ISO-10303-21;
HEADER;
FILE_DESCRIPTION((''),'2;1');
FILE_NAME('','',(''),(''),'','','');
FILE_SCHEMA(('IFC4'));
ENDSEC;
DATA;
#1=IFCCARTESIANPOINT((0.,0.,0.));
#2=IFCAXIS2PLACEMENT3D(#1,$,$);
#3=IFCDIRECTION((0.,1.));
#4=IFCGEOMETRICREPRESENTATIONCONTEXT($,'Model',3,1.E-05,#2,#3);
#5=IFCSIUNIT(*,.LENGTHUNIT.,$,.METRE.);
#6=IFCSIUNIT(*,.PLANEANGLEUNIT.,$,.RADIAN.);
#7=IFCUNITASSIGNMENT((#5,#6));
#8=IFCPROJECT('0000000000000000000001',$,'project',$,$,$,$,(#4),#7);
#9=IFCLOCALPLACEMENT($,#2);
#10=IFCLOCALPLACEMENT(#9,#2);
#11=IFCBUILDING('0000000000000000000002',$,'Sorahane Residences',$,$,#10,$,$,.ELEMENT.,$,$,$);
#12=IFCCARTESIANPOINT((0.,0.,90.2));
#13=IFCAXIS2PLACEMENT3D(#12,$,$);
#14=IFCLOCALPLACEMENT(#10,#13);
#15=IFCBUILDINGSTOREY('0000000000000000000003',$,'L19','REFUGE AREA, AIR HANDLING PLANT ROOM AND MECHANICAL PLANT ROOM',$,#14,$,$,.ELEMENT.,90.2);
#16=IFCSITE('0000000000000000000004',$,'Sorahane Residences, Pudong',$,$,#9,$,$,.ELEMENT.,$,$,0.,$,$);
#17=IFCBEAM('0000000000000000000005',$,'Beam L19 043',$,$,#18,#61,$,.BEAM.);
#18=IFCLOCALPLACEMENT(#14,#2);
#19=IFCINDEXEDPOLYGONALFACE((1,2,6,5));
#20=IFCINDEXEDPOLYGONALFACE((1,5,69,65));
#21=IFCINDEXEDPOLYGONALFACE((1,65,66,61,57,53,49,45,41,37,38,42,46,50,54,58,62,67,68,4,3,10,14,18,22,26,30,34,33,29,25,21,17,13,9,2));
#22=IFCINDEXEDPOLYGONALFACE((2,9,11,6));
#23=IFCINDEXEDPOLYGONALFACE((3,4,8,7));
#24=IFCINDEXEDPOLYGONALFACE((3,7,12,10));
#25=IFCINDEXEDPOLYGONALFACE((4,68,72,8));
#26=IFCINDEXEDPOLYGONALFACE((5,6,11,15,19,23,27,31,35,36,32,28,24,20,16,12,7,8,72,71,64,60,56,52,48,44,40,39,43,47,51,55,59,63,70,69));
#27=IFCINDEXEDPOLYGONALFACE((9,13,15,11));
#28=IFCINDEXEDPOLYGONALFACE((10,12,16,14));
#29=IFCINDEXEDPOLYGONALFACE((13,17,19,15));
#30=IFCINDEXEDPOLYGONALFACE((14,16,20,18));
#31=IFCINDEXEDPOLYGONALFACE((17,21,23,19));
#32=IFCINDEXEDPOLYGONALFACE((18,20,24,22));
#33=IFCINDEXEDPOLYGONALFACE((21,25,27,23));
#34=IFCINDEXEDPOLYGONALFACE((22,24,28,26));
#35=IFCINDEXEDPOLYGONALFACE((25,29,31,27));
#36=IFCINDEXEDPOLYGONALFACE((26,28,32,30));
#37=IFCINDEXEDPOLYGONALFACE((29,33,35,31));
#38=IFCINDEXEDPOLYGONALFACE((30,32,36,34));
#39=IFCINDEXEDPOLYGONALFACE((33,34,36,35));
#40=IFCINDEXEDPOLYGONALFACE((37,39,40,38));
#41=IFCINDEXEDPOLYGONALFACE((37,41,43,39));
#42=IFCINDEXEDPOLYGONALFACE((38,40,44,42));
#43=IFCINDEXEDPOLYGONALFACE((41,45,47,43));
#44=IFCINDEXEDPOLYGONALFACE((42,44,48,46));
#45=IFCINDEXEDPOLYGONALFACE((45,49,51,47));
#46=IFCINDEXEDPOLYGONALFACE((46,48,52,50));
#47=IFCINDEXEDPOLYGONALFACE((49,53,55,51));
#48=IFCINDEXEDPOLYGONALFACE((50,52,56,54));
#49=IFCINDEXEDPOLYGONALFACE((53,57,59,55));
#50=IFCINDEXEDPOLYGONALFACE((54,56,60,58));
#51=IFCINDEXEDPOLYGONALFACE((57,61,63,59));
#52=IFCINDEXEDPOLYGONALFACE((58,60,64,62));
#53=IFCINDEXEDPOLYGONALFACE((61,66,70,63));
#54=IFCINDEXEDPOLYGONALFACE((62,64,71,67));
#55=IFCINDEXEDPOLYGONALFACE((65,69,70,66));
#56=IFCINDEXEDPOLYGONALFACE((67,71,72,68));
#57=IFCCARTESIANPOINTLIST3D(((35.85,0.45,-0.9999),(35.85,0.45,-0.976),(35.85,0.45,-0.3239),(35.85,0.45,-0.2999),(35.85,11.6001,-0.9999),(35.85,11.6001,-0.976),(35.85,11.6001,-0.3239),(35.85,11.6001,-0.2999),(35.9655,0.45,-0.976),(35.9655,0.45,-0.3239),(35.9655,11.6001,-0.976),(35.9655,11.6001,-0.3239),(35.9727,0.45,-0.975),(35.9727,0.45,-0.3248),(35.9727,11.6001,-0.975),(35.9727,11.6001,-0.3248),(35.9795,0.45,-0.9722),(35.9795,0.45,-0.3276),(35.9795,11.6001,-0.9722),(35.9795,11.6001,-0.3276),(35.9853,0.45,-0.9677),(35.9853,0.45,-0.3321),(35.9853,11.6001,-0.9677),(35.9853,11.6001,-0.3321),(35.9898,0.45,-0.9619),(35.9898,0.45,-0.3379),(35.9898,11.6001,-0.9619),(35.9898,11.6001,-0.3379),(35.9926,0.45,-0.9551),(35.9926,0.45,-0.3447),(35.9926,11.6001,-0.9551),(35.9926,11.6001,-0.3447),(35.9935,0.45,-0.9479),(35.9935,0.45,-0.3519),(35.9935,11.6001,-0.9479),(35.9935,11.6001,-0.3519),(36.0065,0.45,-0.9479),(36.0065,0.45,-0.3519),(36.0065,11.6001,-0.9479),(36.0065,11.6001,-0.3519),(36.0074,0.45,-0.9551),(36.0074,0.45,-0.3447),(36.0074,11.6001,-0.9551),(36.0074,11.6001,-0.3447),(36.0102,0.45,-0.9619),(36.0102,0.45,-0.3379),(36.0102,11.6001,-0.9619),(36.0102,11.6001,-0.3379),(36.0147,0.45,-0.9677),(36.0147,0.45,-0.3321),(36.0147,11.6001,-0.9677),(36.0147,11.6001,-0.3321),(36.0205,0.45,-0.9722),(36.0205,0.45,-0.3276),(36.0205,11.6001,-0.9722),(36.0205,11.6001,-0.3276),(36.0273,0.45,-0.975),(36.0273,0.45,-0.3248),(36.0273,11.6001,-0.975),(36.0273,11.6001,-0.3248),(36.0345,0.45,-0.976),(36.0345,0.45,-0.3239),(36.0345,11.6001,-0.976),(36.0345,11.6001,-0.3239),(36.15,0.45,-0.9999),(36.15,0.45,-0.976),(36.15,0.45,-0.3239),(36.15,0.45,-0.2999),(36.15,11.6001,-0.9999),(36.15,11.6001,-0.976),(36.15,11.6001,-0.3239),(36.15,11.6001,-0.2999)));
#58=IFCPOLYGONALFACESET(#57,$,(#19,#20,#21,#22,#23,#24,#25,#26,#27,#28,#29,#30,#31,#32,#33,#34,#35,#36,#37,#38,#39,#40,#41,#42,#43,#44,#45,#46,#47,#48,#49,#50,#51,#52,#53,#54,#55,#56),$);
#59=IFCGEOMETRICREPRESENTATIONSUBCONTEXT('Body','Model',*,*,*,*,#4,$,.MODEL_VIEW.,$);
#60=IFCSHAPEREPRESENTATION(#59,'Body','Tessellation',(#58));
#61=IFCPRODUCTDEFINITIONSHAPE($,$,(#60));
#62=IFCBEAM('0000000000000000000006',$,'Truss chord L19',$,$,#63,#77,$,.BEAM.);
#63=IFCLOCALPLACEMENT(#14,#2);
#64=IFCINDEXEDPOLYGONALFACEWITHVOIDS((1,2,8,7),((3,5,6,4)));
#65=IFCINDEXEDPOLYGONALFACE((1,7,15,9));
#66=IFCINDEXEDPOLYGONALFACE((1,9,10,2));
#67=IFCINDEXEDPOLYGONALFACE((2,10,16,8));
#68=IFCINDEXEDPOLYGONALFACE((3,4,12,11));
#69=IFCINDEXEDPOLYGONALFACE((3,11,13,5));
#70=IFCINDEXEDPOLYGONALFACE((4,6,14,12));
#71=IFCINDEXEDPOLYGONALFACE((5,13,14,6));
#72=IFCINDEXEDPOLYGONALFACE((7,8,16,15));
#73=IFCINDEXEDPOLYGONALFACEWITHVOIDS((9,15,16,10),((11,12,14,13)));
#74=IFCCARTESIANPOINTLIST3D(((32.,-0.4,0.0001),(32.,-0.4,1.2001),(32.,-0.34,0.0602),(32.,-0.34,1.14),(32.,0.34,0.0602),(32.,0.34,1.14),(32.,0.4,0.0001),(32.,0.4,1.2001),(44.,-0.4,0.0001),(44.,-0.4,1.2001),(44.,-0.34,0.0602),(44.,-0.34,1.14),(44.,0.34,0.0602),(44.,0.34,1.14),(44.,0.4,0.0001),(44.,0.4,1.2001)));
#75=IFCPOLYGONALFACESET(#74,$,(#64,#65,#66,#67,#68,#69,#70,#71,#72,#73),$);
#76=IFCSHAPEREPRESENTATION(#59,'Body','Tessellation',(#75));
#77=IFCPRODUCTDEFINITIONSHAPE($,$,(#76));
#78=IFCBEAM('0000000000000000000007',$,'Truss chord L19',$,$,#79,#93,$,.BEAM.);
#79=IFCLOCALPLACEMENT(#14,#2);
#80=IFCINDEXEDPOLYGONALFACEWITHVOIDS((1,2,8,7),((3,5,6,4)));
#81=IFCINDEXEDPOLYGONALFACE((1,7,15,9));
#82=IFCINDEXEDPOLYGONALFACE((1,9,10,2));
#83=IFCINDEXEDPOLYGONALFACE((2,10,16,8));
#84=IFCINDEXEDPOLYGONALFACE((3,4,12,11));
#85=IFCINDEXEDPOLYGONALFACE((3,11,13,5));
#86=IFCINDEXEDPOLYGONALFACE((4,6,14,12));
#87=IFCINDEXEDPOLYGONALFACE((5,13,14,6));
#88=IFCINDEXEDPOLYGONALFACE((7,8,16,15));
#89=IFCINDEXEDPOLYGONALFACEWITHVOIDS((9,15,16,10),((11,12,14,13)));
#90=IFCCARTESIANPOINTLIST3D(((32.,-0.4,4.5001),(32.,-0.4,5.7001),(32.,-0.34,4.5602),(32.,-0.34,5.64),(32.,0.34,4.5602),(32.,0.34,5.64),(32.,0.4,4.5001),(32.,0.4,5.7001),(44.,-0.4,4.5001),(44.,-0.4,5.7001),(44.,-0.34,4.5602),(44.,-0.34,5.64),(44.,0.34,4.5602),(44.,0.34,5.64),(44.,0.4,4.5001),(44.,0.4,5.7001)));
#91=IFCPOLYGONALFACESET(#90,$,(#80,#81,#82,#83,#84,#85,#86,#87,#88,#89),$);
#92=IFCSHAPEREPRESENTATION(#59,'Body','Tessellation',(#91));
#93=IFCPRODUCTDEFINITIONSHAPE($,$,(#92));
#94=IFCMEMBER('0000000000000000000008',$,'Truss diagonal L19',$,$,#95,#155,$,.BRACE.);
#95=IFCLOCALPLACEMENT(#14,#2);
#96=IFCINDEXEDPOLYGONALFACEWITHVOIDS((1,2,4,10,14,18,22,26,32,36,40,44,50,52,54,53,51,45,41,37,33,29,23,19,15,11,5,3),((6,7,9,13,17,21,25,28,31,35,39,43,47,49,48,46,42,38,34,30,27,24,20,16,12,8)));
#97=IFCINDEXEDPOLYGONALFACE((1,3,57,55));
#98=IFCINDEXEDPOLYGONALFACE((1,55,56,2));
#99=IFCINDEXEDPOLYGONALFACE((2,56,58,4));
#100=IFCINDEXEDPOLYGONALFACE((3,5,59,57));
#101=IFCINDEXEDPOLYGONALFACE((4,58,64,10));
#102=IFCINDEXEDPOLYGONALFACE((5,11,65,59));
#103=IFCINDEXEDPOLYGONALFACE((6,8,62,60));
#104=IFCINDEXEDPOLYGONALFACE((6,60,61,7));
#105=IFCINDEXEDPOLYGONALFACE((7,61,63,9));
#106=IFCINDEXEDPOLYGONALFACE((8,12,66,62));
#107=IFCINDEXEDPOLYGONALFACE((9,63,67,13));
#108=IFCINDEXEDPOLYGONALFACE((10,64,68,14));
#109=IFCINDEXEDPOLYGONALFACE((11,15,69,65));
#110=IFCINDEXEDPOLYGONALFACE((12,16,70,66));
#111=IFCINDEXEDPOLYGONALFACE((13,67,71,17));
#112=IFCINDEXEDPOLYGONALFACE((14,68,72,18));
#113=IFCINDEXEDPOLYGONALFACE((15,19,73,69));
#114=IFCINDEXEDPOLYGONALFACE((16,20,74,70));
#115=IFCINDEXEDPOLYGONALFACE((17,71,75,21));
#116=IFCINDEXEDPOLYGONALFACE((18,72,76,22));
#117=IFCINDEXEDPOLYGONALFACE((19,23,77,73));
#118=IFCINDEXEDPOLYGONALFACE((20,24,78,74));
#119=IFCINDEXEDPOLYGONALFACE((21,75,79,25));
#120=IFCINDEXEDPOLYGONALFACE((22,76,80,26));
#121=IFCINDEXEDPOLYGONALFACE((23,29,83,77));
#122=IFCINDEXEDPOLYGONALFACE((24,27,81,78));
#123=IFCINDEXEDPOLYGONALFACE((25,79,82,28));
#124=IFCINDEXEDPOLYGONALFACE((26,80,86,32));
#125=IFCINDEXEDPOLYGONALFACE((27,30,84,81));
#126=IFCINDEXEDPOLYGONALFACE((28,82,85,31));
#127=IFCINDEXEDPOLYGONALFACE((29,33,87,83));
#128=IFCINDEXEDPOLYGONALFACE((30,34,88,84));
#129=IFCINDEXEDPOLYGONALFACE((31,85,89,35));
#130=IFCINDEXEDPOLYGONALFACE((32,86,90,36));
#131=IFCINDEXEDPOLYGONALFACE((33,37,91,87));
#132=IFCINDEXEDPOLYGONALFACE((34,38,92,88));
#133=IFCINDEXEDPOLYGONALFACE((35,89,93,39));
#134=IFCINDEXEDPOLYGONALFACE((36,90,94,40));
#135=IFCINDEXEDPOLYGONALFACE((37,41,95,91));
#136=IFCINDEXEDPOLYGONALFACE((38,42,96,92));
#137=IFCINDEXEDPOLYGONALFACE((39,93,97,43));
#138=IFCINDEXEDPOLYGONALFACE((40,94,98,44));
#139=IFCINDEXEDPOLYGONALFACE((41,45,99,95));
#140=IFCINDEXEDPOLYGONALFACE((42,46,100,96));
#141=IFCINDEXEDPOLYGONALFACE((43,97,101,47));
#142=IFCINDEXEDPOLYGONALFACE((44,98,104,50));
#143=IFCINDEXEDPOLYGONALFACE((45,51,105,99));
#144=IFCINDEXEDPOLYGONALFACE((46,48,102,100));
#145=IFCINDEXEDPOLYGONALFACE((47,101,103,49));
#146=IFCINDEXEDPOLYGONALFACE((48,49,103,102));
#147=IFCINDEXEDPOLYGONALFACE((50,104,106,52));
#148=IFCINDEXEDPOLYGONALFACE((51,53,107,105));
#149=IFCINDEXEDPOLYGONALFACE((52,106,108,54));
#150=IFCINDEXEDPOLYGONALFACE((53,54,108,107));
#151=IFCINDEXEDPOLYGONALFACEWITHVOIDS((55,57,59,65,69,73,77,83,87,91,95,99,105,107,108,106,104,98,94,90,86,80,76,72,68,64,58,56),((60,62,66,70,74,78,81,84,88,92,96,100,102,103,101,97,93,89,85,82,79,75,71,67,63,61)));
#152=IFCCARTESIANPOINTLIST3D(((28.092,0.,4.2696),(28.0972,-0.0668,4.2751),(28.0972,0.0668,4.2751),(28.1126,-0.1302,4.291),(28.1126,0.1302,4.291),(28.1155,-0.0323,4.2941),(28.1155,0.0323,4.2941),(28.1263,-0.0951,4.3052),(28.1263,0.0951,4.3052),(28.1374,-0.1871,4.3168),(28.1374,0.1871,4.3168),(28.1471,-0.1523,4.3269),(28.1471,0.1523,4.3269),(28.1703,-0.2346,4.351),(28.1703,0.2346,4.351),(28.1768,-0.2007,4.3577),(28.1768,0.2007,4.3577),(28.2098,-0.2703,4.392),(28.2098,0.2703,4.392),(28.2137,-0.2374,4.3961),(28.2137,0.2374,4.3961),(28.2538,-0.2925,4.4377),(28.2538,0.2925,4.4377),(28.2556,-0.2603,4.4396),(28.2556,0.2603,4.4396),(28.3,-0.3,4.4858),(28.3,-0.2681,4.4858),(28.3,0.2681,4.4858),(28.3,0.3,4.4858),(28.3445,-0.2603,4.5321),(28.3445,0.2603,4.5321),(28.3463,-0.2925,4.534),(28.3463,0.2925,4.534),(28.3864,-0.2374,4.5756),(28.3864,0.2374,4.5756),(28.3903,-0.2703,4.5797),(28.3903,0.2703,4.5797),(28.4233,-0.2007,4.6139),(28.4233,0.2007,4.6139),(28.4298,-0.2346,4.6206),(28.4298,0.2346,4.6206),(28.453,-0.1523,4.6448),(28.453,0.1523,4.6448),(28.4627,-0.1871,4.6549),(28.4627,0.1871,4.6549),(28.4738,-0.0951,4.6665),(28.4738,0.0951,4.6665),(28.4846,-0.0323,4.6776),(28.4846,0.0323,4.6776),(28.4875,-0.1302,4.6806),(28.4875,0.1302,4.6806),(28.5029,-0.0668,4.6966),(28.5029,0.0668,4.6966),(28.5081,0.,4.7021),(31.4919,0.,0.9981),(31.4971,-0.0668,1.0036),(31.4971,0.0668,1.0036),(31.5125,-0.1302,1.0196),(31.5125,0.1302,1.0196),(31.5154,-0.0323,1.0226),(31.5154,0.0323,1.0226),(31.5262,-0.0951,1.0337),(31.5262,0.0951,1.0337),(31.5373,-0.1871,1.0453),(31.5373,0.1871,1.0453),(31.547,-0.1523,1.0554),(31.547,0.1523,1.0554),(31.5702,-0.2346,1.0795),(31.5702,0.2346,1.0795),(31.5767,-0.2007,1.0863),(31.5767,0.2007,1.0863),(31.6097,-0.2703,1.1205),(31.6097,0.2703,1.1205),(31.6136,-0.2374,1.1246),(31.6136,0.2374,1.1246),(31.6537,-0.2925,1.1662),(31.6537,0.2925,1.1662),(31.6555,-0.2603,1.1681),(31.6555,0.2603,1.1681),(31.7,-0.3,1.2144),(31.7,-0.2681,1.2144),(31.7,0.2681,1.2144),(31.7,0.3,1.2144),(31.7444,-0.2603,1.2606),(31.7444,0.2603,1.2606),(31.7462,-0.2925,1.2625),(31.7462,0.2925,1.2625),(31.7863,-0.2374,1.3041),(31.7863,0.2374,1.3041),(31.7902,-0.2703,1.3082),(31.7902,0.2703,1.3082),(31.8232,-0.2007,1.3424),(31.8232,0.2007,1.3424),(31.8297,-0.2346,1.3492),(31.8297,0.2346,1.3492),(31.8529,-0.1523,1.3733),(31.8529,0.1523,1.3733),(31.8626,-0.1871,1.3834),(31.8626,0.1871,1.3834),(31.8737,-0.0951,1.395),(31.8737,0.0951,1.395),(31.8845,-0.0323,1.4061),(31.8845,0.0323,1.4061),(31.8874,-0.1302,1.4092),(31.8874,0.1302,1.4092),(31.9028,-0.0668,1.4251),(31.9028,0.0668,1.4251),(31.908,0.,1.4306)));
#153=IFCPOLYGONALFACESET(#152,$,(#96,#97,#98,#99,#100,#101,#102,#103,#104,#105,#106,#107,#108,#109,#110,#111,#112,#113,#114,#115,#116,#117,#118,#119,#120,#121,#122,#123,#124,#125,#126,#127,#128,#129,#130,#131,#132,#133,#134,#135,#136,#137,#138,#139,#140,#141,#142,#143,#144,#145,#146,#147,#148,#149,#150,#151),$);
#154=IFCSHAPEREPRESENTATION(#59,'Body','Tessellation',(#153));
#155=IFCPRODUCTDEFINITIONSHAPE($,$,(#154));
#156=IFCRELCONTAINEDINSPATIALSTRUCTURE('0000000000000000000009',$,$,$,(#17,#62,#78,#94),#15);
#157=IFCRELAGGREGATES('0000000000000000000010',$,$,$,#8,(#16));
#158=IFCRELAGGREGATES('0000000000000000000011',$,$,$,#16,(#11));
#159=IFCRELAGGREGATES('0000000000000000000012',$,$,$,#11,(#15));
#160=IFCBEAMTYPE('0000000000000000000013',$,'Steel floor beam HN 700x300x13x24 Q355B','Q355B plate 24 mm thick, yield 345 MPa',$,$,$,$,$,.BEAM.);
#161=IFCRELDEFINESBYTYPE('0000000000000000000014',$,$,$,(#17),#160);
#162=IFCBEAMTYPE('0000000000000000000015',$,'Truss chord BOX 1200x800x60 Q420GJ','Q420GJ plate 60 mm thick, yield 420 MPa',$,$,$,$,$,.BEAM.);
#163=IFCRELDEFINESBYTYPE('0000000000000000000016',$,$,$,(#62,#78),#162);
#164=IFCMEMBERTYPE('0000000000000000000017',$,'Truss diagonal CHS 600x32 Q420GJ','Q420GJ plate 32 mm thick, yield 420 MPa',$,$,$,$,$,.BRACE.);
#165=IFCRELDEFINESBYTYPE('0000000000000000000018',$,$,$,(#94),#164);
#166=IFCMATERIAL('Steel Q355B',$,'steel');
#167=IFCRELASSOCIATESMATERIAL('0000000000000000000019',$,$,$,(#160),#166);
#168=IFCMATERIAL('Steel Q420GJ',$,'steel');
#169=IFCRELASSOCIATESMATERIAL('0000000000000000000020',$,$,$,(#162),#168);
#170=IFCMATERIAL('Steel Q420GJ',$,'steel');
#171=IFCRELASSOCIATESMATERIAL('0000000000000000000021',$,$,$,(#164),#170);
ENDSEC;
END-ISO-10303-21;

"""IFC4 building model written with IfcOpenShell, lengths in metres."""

from ifc_helpers import new_model, si_unit, direction, frame, origin, origin_2d, place, context, subcontext, project, spatial, hollow_rectangle, hollow_circle, i_section, extrude, material, material_profile, profile_set, type_object, element, save


model = new_model("IFC4")

# Units and contexts
model_context = context("Model", 3, precision=1e-05, world=origin(), true_north=direction((0.0, 1.0)))
body_context = subcontext(model_context, "Body", "Model", "MODEL_VIEW")
ifc_project = project(units=[si_unit("LENGTHUNIT", "METRE"), si_unit("PLANEANGLEUNIT", "RADIAN")], contexts=[model_context])

# Site, building, storey
site_placement = place(None, origin())
site = spatial("IfcSite", under=ifc_project, at=site_placement, Name="Sorahane Residences, Pudong", CompositionType="ELEMENT", RefElevation=0.0)
building_placement = place(site_placement, origin())
building = spatial("IfcBuilding", under=site, at=building_placement, Name="Sorahane Residences", CompositionType="ELEMENT")
storey_placement = place(building_placement, frame((0.0, 0.0, 90.2)))
storey = spatial("IfcBuildingStorey", under=building, at=storey_placement, Name="L19", Description="REFUGE AREA, AIR HANDLING PLANT ROOM AND MECHANICAL PLANT ROOM", CompositionType="ELEMENT", Elevation=90.2)

# Beams
ifc_material_1 = material(Name="Steel Q355B", Category="steel")
ifc_material_profile_1 = material_profile(ifc_material_1, i_section(OverallWidth=0.3, OverallDepth=0.7, WebThickness=0.0129, FlangeThickness=0.0239, FilletRadius=0.0281, at=origin_2d()), Name="HN 700x300x13x24")
ifc_profile_set_1 = profile_set([ifc_material_profile_1], Name="Steel Q355B")
beam_type_1 = type_object("IfcBeamType", Name="Steel floor beam HN 700x300x13x24 Q355B", Description="Q355B plate 24 mm thick, yield 345 MPa", PredefinedType="BEAM", material=ifc_profile_set_1)
beam_1_placement = place(storey_placement, frame((36.0, 0.45, -0.6499), z_axis=(0.0, 1.0, 0.0), x_axis=(-1.0, 0.0, 0.0)))
element("IfcBeam", 1, at=beam_1_placement, inside=storey, type_object=beam_type_1, Name="Beam L19 043", PredefinedType="BEAM", context=body_context, shape_type="SweptSolid", body=[
    extrude(i_section(OverallWidth=0.3, OverallDepth=0.7, WebThickness=0.0129, FlangeThickness=0.0239, FilletRadius=0.0281, at=origin_2d()), origin(), (0.0, 0.0, 1.0), 11.1501),
])
ifc_material_2 = material(Name="Steel Q420GJ", Category="steel")
ifc_material_profile_2 = material_profile(ifc_material_2, hollow_rectangle(XDim=0.8, YDim=1.2, WallThickness=0.0601, at=origin_2d()), Name="BOX 1200x800x60")
ifc_profile_set_2 = profile_set([ifc_material_profile_2], Name="Steel Q420GJ")
beam_type_2 = type_object("IfcBeamType", Name="Truss chord BOX 1200x800x60 Q420GJ", Description="Q420GJ plate 60 mm thick, yield 420 MPa", PredefinedType="BEAM", material=ifc_profile_set_2)
for number, where, z_axis, x_axis, name in (
    (2, (32.0, 0.0, 0.6001), (1.0, 0.0, 0.0), (0.0, 1.0, 0.0), "Truss chord L19"),
    (3, (32.0, 0.0, 5.1001), (1.0, 0.0, 0.0), (0.0, 1.0, 0.0), "Truss chord L19"),
):
    element("IfcBeam", number, at=place(storey_placement, frame(where, z_axis=z_axis, x_axis=x_axis)), inside=storey, type_object=beam_type_2, Name=name, PredefinedType="BEAM", context=body_context, shape_type="SweptSolid", body=[
        extrude(hollow_rectangle(XDim=0.8, YDim=1.2, WallThickness=0.0601, at=origin_2d()), origin(), (0.0, 0.0, 1.0), 12.0),
    ])

# Member
ifc_material_3 = material(Name="Steel Q420GJ", Category="steel")
ifc_material_profile_3 = material_profile(ifc_material_3, hollow_circle(Radius=0.3, WallThickness=0.032, at=origin_2d()), Name="CHS 600x32")
ifc_profile_set_3 = profile_set([ifc_material_profile_3], Name="Steel Q420GJ")
member_type = type_object("IfcMemberType", Name="Truss diagonal CHS 600x32 Q420GJ", Description="Q420GJ plate 32 mm thick, yield 420 MPa", PredefinedType="BRACE", material=ifc_profile_set_3)
member_1_placement = place(storey_placement, frame((28.3, 0.0, 4.4858), z_axis=(0.720584, 0.0, -0.693367), x_axis=(0.0, 1.0, 0.0)))
element("IfcMember", 4, at=member_1_placement, inside=storey, type_object=member_type, Name="Truss diagonal L19", PredefinedType="BRACE", context=body_context, shape_type="SweptSolid", body=[
    extrude(hollow_circle(Radius=0.3, WallThickness=0.032, at=origin_2d()), origin(), (0.0, 0.0, 1.0), 4.7183),
])

save(model, "model.ifc")
